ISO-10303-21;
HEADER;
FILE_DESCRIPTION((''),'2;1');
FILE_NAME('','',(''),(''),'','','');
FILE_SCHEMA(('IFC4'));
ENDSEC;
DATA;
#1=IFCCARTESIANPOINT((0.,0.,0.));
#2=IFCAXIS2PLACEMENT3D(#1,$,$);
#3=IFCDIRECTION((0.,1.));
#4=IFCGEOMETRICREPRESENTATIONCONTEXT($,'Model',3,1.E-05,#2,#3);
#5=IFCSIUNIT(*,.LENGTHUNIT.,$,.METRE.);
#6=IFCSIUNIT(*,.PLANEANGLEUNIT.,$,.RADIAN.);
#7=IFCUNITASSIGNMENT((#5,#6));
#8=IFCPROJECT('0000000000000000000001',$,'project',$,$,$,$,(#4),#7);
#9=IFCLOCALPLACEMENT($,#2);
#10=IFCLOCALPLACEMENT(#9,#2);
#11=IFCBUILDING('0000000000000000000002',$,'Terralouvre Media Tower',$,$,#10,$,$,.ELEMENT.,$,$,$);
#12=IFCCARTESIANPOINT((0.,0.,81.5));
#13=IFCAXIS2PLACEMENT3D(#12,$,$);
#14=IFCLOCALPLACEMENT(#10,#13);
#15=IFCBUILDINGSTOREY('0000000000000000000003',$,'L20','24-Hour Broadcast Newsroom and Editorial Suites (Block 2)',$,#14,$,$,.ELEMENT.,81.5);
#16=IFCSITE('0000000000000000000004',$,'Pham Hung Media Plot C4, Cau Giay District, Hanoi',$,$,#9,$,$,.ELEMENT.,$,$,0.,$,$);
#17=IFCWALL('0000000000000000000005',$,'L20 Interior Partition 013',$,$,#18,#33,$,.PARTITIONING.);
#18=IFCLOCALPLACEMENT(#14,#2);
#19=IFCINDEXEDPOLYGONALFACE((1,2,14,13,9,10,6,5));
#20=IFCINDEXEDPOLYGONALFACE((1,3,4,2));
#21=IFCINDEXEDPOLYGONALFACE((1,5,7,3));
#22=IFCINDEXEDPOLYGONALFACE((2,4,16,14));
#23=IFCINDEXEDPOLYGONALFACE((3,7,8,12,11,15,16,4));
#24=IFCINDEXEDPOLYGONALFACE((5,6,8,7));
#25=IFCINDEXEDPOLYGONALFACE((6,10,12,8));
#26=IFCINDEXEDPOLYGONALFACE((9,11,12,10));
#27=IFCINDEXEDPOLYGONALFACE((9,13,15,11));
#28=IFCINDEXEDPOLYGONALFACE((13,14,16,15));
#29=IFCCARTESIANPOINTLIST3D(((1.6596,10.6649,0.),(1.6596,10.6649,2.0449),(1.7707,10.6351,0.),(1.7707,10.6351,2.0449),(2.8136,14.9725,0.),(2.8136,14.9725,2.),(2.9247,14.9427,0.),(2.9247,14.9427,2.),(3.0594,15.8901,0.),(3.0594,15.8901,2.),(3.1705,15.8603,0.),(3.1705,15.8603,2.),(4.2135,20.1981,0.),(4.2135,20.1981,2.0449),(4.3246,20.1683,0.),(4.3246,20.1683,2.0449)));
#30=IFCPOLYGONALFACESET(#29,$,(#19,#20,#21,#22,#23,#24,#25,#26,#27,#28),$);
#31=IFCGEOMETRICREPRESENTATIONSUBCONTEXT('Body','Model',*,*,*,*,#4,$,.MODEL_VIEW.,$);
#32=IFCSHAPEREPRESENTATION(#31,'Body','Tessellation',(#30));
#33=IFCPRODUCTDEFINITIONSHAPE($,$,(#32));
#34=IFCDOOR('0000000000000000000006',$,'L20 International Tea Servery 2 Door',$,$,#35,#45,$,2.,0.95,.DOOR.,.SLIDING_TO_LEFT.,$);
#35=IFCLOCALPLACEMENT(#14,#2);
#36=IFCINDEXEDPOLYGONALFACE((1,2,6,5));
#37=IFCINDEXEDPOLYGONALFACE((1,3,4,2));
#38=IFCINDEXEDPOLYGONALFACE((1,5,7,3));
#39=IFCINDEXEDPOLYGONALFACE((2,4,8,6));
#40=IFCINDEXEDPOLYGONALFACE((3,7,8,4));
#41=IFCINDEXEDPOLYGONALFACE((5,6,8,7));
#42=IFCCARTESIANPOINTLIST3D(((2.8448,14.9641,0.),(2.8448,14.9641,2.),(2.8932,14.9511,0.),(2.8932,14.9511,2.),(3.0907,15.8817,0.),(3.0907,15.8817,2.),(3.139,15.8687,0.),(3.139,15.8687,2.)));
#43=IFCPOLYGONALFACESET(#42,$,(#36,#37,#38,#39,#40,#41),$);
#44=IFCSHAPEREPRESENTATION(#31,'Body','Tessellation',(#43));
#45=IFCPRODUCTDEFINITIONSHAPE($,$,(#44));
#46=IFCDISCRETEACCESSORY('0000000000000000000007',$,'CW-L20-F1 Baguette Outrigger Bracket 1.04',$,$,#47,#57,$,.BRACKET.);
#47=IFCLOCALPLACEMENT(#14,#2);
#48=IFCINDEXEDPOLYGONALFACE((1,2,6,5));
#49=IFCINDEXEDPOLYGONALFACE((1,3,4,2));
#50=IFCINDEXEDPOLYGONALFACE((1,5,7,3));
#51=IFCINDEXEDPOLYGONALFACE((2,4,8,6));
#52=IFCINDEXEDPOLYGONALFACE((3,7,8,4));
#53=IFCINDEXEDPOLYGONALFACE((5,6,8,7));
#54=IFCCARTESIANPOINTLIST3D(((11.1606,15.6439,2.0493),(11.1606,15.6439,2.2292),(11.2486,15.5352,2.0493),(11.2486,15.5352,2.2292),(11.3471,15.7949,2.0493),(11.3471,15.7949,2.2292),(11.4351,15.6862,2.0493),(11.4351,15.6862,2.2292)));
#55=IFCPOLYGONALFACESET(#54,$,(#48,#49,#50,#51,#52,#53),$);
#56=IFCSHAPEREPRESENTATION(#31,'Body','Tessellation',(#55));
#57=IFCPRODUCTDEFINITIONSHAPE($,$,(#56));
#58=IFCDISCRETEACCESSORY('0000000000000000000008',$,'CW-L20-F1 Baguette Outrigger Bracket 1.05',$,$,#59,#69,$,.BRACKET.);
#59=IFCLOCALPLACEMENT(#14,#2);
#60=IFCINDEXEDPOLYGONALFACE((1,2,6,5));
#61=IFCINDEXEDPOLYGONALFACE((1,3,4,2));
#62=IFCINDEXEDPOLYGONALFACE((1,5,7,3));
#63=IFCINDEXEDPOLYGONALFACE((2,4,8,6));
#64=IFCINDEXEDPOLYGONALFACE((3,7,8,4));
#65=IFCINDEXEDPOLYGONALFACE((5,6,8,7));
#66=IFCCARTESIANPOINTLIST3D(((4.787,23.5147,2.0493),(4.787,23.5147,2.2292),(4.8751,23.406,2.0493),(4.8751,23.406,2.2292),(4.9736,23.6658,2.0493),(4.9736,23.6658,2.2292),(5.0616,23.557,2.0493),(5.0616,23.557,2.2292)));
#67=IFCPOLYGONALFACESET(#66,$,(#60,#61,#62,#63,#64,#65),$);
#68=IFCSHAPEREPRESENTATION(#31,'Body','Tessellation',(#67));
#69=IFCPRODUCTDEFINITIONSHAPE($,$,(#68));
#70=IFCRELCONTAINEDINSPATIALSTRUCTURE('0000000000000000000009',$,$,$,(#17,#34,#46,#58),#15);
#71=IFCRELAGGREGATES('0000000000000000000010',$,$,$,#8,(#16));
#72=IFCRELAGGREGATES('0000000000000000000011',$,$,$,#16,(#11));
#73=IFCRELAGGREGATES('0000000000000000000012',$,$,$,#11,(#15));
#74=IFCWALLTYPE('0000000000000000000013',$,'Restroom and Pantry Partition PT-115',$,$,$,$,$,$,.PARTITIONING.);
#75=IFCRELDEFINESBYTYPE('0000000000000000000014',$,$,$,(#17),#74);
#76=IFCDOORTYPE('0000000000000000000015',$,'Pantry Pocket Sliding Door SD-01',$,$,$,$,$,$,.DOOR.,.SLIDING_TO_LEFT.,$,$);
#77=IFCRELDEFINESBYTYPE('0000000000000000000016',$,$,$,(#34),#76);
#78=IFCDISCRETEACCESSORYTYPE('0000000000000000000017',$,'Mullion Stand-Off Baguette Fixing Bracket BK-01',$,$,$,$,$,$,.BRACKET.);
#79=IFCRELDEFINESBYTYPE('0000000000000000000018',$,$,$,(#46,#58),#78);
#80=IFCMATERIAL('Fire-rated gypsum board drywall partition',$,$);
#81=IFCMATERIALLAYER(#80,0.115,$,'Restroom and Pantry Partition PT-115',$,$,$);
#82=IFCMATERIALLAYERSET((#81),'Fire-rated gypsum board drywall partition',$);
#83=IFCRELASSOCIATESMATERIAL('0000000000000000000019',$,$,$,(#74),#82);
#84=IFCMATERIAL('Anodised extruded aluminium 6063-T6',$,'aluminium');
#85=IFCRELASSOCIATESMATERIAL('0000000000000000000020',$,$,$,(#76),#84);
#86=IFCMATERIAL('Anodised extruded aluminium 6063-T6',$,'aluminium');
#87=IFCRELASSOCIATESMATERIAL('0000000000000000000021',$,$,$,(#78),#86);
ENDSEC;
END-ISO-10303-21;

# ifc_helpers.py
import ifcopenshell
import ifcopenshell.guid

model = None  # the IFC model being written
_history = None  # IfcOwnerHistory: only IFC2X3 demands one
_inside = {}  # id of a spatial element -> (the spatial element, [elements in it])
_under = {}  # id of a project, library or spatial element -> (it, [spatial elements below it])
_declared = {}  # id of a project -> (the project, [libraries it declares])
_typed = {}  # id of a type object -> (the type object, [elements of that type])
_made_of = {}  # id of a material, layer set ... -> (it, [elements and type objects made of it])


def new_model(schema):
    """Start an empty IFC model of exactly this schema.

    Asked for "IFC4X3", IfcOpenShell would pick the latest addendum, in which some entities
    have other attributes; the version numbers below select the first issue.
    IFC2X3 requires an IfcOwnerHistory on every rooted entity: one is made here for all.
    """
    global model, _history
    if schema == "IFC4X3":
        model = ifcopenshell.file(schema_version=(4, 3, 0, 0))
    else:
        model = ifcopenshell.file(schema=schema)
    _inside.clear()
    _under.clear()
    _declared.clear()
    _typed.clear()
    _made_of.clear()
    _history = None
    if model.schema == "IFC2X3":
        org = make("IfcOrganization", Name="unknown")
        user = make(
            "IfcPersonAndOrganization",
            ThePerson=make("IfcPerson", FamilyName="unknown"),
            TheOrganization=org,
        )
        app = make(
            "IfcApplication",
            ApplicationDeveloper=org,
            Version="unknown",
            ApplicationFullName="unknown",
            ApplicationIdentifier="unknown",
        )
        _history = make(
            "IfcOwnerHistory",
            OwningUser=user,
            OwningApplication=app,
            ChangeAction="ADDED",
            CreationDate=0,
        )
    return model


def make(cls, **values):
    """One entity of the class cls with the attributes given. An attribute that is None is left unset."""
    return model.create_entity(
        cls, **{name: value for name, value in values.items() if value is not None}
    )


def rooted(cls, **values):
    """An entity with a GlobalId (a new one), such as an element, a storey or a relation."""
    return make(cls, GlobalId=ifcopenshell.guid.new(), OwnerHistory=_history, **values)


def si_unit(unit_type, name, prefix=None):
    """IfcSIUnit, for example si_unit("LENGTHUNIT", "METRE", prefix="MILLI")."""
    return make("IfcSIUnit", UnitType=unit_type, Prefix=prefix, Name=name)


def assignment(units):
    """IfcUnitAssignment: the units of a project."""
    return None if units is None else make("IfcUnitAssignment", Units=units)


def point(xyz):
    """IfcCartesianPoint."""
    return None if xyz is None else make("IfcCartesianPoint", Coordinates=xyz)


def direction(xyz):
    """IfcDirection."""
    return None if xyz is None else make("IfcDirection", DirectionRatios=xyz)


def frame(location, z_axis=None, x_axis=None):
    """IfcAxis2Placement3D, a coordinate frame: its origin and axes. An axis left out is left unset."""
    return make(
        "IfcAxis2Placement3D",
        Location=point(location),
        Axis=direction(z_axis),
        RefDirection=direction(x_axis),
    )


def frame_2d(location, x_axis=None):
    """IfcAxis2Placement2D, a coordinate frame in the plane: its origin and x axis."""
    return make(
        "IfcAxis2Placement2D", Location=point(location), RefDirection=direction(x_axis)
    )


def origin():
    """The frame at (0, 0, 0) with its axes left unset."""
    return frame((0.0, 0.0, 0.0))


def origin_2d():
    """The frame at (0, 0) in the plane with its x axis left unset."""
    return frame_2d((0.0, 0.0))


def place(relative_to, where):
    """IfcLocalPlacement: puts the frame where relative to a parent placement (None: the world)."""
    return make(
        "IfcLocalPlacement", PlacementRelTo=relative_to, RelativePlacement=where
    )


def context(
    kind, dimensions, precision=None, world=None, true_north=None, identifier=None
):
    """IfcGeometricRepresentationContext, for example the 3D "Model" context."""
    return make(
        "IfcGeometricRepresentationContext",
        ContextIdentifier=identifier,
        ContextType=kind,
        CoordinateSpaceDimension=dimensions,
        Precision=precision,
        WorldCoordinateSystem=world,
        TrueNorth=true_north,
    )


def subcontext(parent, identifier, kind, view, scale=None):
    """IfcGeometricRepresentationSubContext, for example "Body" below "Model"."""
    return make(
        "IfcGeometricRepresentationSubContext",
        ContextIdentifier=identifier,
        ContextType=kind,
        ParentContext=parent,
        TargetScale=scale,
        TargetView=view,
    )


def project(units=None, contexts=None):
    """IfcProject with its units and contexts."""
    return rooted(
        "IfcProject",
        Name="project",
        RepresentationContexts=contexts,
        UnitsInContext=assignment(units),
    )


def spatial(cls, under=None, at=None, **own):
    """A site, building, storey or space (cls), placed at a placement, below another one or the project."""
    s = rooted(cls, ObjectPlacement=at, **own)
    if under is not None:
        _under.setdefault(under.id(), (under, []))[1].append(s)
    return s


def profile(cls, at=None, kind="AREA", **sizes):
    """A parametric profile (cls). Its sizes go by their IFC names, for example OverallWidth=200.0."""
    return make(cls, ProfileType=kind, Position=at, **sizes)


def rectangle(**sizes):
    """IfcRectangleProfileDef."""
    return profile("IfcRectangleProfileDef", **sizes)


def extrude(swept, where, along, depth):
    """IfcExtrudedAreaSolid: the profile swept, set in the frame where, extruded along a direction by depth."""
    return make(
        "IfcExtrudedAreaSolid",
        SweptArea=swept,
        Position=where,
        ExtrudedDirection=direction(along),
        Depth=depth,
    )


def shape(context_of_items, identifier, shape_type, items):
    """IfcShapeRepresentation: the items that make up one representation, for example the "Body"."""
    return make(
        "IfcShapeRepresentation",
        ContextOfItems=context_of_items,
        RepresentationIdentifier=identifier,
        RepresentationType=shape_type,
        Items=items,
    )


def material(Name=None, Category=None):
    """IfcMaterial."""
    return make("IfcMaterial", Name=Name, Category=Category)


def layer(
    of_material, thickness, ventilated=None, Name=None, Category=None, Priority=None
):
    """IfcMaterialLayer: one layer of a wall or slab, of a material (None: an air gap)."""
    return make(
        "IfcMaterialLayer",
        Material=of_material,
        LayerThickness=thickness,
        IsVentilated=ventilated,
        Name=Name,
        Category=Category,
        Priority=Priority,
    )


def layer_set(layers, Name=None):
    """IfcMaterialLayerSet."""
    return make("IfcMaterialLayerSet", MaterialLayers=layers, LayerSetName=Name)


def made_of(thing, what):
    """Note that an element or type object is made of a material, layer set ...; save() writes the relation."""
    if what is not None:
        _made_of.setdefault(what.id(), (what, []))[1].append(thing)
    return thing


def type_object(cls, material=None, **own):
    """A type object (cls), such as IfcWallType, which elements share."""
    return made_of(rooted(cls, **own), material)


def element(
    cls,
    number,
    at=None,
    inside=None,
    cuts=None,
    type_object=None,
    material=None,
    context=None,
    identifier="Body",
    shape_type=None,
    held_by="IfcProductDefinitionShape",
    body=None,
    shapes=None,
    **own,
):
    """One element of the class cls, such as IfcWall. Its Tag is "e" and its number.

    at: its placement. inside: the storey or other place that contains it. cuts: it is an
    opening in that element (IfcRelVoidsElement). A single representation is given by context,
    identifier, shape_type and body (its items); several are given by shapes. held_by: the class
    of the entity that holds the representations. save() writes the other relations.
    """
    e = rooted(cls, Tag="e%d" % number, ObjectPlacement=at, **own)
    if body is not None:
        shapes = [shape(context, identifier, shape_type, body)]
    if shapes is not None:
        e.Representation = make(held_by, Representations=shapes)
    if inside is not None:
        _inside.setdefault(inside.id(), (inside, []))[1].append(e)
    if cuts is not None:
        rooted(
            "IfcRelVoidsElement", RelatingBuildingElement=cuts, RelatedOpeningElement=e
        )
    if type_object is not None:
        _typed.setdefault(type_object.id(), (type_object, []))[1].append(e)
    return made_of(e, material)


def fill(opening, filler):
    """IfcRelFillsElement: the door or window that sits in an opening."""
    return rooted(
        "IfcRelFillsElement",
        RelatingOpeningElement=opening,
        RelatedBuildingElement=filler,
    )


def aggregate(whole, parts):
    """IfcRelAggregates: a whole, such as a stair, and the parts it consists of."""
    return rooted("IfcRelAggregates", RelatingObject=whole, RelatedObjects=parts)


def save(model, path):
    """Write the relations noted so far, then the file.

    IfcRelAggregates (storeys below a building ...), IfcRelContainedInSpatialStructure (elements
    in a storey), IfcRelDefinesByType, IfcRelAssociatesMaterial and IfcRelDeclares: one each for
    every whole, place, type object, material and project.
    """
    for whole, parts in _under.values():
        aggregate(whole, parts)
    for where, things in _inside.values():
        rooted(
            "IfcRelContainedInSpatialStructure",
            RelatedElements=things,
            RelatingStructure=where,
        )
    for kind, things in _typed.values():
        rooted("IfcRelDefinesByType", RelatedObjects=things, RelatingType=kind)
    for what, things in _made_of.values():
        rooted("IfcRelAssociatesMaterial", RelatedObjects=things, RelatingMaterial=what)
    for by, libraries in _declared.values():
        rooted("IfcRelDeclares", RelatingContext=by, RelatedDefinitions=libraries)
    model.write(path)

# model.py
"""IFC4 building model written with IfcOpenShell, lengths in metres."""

from ifc_helpers import new_model, si_unit, direction, frame, frame_2d, origin, origin_2d, place, context, subcontext, project, spatial, rectangle, extrude, material, layer, layer_set, type_object, element, fill, save


model = new_model("IFC4")

# Units and contexts
model_context = context("Model", 3, precision=1e-05, world=origin(), true_north=direction((0.0, 1.0)))
body_context = subcontext(model_context, "Body", "Model", "MODEL_VIEW")
ifc_project = project(units=[si_unit("LENGTHUNIT", "METRE"), si_unit("PLANEANGLEUNIT", "RADIAN")], contexts=[model_context])

# Site, building, storey
site_placement = place(None, origin())
site = spatial("IfcSite", under=ifc_project, at=site_placement, Name="Pham Hung Media Plot C4, Cau Giay District, Hanoi", CompositionType="ELEMENT", RefElevation=0.0)
building_placement = place(site_placement, origin())
building = spatial("IfcBuilding", under=site, at=building_placement, Name="Terralouvre Media Tower", CompositionType="ELEMENT")
storey_placement = place(building_placement, frame((0.0, 0.0, 81.5)))
storey = spatial("IfcBuildingStorey", under=building, at=storey_placement, Name="L20", Description="24-Hour Broadcast Newsroom and Editorial Suites (Block 2)", CompositionType="ELEMENT", Elevation=81.5)

# Shared definitions
ifc_material_1 = material(Name="Fire-rated gypsum board drywall partition")
ifc_layer_1 = layer(ifc_material_1, 0.115, Name="Restroom and Pantry Partition PT-115")
ifc_layer_set_1 = layer_set([ifc_layer_1], Name="Fire-rated gypsum board drywall partition")
wall_type = type_object("IfcWallType", Name="Restroom and Pantry Partition PT-115", PredefinedType="PARTITIONING", material=ifc_layer_set_1)

# Wall, opening, door
wall_1_placement = place(storey_placement, frame((4.269, 20.1831, 0.0), z_axis=(0.0, 0.0, 1.0), x_axis=(-0.258776, -0.965937, 0.0)))
wall_1 = element("IfcWall", 1, at=wall_1_placement, inside=storey, type_object=wall_type, Name="L20 Interior Partition 013", PredefinedType="PARTITIONING", context=body_context, shape_type="SweptSolid", body=[
    extrude(rectangle(XDim=9.8694, YDim=0.115, at=frame_2d((4.9346, 0.0))), origin(), (0.0, 0.0, 1.0), 2.0449),
])
opening_placement = place(wall_1_placement, frame((4.4597, 0.0, 0.0)))
opening = element("IfcOpeningElement", 2, at=opening_placement, cuts=wall_1, PredefinedType="OPENING", context=body_context, shape_type="SweptSolid", body=[
    extrude(rectangle(XDim=0.95, YDim=2.0, at=frame_2d((0.4751, 1.0))), frame((0.0, 0.0674, 0.0), z_axis=(0.0, -1.0, 0.0), x_axis=(1.0, 0.0, 0.0)), (0.0, 0.0, 1.0), 0.135),
])
ifc_material_2 = material(Name="Anodised extruded aluminium 6063-T6", Category="aluminium")
door_type = type_object("IfcDoorType", Name="Pantry Pocket Sliding Door SD-01", OperationType="SLIDING_TO_LEFT", PredefinedType="DOOR", material=ifc_material_2)
door_placement = place(opening_placement, origin())
door = element("IfcDoor", 3, at=door_placement, inside=storey, type_object=door_type, Name="L20 International Tea Servery 2 Door", OperationType="SLIDING_TO_LEFT", OverallHeight=2.0, OverallWidth=0.95, PredefinedType="DOOR", context=body_context, shape_type="SweptSolid", body=[
    extrude(rectangle(XDim=0.95, YDim=2.0, at=frame_2d((0.4751, 1.0))), frame((0.0, 0.0249, 0.0), z_axis=(0.0, -1.0, 0.0), x_axis=(1.0, 0.0, 0.0)), (0.0, 0.0, 1.0), 0.05),
])
fill(opening, door)

# Discrete accessories
ifc_material_3 = material(Name="Anodised extruded aluminium 6063-T6", Category="aluminium")
discrete_accessory_type = type_object("IfcDiscreteAccessoryType", Name="Mullion Stand-Off Baguette Fixing Bracket BK-01", PredefinedType="BRACKET", material=ifc_material_3)
for number, where, z_axis, x_axis, name in (
    (4, (11.2979, 15.665, 2.0493), (0.0, 0.0, 1.0), (-0.62932, 0.777146, 0.0), "CW-L20-F1 Baguette Outrigger Bracket 1.04"),
    (5, (4.9243, 23.5359, 2.0493), (0.0, 0.0, 1.0), (-0.62932, 0.777146, 0.0), "CW-L20-F1 Baguette Outrigger Bracket 1.05"),
):
    element("IfcDiscreteAccessory", number, at=place(storey_placement, frame(where, z_axis=z_axis, x_axis=x_axis)), inside=storey, type_object=discrete_accessory_type, Name=name, PredefinedType="BRACKET", context=body_context, shape_type="SweptSolid", body=[
        extrude(rectangle(XDim=0.1399, YDim=0.24, at=origin_2d()), origin(), (0.0, 0.0, 1.0), 0.1799),
    ])

save(model, "model.ifc")
